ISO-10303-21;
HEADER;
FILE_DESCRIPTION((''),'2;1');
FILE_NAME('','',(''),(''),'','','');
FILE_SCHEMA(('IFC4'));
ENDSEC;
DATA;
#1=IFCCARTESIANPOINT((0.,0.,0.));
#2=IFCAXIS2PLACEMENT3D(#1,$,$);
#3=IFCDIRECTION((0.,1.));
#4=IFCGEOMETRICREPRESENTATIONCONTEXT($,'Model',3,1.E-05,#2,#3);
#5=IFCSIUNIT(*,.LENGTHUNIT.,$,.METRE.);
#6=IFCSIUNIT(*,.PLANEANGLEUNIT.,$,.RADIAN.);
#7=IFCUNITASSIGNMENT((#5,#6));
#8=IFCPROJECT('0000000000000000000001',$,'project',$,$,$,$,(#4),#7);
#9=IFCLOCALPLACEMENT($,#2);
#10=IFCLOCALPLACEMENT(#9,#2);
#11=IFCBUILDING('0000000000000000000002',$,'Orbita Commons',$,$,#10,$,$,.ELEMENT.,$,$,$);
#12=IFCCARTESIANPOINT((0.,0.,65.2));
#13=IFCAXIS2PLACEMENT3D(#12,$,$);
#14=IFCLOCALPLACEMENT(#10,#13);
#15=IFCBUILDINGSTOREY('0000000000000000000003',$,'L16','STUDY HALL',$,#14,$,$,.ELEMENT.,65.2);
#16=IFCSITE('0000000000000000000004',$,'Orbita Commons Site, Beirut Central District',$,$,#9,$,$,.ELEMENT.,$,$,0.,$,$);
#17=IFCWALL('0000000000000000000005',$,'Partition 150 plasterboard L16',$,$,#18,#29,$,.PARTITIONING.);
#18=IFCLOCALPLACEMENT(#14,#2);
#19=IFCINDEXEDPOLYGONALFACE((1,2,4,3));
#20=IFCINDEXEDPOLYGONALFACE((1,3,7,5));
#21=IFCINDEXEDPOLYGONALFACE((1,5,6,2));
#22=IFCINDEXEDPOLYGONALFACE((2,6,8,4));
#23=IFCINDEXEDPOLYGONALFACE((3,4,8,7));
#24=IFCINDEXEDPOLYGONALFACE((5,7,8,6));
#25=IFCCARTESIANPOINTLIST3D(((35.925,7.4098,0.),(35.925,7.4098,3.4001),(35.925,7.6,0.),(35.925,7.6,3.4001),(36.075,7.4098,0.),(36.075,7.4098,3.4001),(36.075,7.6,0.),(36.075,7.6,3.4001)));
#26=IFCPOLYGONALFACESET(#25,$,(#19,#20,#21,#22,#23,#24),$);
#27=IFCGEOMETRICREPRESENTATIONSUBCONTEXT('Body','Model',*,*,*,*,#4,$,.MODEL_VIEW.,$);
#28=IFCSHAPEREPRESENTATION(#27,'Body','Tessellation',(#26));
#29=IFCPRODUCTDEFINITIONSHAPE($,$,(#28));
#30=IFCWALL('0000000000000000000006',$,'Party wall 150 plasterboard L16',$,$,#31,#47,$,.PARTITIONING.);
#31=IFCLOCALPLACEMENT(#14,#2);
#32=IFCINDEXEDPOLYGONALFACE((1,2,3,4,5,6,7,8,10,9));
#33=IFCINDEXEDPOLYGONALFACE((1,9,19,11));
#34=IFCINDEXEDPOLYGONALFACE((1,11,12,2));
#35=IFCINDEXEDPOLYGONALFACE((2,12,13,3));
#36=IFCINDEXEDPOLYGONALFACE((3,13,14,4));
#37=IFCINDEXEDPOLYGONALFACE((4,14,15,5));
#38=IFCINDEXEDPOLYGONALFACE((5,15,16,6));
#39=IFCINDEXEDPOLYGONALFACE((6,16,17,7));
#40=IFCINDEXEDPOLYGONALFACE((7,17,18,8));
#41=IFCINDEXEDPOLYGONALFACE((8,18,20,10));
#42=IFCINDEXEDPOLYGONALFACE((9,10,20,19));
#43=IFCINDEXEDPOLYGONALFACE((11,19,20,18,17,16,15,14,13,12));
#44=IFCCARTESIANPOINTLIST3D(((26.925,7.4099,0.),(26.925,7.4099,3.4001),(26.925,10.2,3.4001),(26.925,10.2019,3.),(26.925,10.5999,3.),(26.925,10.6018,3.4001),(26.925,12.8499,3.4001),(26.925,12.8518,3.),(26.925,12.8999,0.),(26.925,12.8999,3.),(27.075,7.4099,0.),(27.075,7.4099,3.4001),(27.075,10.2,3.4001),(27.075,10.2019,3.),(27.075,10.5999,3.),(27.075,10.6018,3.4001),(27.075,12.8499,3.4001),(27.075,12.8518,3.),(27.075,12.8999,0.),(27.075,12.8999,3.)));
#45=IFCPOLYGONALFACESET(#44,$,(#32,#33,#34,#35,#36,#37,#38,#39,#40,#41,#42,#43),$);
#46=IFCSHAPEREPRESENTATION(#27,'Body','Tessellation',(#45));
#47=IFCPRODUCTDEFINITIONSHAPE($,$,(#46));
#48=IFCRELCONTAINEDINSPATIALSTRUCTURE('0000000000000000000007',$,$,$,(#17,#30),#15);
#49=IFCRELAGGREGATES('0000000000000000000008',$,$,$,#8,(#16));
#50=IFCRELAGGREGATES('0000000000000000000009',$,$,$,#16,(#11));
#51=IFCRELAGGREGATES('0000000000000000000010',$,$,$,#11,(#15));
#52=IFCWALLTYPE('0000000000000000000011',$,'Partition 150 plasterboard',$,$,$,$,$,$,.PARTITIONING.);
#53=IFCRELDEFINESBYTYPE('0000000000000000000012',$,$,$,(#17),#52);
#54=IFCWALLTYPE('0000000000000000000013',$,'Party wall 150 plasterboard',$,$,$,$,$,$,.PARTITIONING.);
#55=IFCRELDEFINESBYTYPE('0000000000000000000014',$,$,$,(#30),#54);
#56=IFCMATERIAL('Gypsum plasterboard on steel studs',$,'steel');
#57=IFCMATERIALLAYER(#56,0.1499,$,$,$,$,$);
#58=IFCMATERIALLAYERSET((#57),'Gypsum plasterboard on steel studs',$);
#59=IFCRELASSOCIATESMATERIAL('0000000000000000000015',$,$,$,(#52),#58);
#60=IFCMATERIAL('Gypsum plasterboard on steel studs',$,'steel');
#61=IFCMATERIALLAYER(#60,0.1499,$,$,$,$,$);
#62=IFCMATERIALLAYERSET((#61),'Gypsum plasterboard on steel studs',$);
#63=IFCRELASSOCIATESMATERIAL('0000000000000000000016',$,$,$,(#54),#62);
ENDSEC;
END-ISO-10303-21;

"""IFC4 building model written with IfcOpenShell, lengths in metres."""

from ifc_helpers import new_model, si_unit, direction, frame, frame_2d, origin, place, context, subcontext, project, spatial, polyline, rectangle, outline, extrude, material, layer, layer_set, type_object, element, save


model = new_model("IFC4")

# Units and contexts
model_context = context("Model", 3, precision=1e-05, world=origin(), true_north=direction((0.0, 1.0)))
body_context = subcontext(model_context, "Body", "Model", "MODEL_VIEW")
ifc_project = project(units=[si_unit("LENGTHUNIT", "METRE"), si_unit("PLANEANGLEUNIT", "RADIAN")], contexts=[model_context])

# Site, building, storey
site_placement = place(None, origin())
site = spatial("IfcSite", under=ifc_project, at=site_placement, Name="Orbita Commons Site, Beirut Central District", CompositionType="ELEMENT", RefElevation=0.0)
building_placement = place(site_placement, origin())
building = spatial("IfcBuilding", under=site, at=building_placement, Name="Orbita Commons", CompositionType="ELEMENT")
storey_placement = place(building_placement, frame((0.0, 0.0, 65.2)))
storey = spatial("IfcBuildingStorey", under=building, at=storey_placement, Name="L16", Description="STUDY HALL", CompositionType="ELEMENT", Elevation=65.2)

# Walls
ifc_material_1 = material(Name="Gypsum plasterboard on steel studs", Category="steel")
ifc_layer_1 = layer(ifc_material_1, 0.1499)
ifc_layer_set_1 = layer_set([ifc_layer_1], Name="Gypsum plasterboard on steel studs")
wall_type_1 = type_object("IfcWallType", Name="Partition 150 plasterboard", PredefinedType="PARTITIONING", material=ifc_layer_set_1)
for number, where, z_axis, x_axis, name in (
    (1, (36.0, 7.6001, 0.0), (0.0, 0.0, 1.0), (0.0, -1.0, 0.0), "Partition 150 plasterboard L16"),
):
    element("IfcWall", number, at=place(storey_placement, frame(where, z_axis=z_axis, x_axis=x_axis)), inside=storey, type_object=wall_type_1, Name=name, PredefinedType="PARTITIONING", context=body_context, shape_type="SweptSolid", body=[
        extrude(rectangle(XDim=0.1902, YDim=0.1499, at=frame_2d((0.0952, 0.0))), origin(), (0.0, 0.0, 1.0), 3.4001),
    ])
ifc_material_2 = material(Name="Gypsum plasterboard on steel studs", Category="steel")
ifc_layer_2 = layer(ifc_material_2, 0.1499)
ifc_layer_set_2 = layer_set([ifc_layer_2], Name="Gypsum plasterboard on steel studs")
wall_type_2 = type_object("IfcWallType", Name="Party wall 150 plasterboard", PredefinedType="PARTITIONING", material=ifc_layer_set_2)
wall_1_placement = place(storey_placement, frame((27.0, 7.4099, 0.0), z_axis=(0.0, 0.0, 1.0), x_axis=(0.0, 1.0, 0.0)))
element("IfcWall", 2, at=wall_1_placement, inside=storey, type_object=wall_type_2, Name="Party wall 150 plasterboard L16", PredefinedType="PARTITIONING", context=body_context, shape_type="SweptSolid", body=[
    extrude(outline(polyline([(0.0, 0.0), (5.49, 0.0), (5.49, 3.0), (5.4419, 3.0), (5.4399, 3.4001), (3.1919, 3.4001), (3.1899, 3.0), (2.792, 3.0), (2.79, 3.4001), (0.0, 3.4001), (0.0, 0.0)])), frame((0.0, 0.075, 0.0), z_axis=(0.0, -1.0, 0.0), x_axis=(1.0, 0.0, 0.0)), (0.0, 0.0, 1.0), 0.1499),
])

save(model, "model.ifc")
